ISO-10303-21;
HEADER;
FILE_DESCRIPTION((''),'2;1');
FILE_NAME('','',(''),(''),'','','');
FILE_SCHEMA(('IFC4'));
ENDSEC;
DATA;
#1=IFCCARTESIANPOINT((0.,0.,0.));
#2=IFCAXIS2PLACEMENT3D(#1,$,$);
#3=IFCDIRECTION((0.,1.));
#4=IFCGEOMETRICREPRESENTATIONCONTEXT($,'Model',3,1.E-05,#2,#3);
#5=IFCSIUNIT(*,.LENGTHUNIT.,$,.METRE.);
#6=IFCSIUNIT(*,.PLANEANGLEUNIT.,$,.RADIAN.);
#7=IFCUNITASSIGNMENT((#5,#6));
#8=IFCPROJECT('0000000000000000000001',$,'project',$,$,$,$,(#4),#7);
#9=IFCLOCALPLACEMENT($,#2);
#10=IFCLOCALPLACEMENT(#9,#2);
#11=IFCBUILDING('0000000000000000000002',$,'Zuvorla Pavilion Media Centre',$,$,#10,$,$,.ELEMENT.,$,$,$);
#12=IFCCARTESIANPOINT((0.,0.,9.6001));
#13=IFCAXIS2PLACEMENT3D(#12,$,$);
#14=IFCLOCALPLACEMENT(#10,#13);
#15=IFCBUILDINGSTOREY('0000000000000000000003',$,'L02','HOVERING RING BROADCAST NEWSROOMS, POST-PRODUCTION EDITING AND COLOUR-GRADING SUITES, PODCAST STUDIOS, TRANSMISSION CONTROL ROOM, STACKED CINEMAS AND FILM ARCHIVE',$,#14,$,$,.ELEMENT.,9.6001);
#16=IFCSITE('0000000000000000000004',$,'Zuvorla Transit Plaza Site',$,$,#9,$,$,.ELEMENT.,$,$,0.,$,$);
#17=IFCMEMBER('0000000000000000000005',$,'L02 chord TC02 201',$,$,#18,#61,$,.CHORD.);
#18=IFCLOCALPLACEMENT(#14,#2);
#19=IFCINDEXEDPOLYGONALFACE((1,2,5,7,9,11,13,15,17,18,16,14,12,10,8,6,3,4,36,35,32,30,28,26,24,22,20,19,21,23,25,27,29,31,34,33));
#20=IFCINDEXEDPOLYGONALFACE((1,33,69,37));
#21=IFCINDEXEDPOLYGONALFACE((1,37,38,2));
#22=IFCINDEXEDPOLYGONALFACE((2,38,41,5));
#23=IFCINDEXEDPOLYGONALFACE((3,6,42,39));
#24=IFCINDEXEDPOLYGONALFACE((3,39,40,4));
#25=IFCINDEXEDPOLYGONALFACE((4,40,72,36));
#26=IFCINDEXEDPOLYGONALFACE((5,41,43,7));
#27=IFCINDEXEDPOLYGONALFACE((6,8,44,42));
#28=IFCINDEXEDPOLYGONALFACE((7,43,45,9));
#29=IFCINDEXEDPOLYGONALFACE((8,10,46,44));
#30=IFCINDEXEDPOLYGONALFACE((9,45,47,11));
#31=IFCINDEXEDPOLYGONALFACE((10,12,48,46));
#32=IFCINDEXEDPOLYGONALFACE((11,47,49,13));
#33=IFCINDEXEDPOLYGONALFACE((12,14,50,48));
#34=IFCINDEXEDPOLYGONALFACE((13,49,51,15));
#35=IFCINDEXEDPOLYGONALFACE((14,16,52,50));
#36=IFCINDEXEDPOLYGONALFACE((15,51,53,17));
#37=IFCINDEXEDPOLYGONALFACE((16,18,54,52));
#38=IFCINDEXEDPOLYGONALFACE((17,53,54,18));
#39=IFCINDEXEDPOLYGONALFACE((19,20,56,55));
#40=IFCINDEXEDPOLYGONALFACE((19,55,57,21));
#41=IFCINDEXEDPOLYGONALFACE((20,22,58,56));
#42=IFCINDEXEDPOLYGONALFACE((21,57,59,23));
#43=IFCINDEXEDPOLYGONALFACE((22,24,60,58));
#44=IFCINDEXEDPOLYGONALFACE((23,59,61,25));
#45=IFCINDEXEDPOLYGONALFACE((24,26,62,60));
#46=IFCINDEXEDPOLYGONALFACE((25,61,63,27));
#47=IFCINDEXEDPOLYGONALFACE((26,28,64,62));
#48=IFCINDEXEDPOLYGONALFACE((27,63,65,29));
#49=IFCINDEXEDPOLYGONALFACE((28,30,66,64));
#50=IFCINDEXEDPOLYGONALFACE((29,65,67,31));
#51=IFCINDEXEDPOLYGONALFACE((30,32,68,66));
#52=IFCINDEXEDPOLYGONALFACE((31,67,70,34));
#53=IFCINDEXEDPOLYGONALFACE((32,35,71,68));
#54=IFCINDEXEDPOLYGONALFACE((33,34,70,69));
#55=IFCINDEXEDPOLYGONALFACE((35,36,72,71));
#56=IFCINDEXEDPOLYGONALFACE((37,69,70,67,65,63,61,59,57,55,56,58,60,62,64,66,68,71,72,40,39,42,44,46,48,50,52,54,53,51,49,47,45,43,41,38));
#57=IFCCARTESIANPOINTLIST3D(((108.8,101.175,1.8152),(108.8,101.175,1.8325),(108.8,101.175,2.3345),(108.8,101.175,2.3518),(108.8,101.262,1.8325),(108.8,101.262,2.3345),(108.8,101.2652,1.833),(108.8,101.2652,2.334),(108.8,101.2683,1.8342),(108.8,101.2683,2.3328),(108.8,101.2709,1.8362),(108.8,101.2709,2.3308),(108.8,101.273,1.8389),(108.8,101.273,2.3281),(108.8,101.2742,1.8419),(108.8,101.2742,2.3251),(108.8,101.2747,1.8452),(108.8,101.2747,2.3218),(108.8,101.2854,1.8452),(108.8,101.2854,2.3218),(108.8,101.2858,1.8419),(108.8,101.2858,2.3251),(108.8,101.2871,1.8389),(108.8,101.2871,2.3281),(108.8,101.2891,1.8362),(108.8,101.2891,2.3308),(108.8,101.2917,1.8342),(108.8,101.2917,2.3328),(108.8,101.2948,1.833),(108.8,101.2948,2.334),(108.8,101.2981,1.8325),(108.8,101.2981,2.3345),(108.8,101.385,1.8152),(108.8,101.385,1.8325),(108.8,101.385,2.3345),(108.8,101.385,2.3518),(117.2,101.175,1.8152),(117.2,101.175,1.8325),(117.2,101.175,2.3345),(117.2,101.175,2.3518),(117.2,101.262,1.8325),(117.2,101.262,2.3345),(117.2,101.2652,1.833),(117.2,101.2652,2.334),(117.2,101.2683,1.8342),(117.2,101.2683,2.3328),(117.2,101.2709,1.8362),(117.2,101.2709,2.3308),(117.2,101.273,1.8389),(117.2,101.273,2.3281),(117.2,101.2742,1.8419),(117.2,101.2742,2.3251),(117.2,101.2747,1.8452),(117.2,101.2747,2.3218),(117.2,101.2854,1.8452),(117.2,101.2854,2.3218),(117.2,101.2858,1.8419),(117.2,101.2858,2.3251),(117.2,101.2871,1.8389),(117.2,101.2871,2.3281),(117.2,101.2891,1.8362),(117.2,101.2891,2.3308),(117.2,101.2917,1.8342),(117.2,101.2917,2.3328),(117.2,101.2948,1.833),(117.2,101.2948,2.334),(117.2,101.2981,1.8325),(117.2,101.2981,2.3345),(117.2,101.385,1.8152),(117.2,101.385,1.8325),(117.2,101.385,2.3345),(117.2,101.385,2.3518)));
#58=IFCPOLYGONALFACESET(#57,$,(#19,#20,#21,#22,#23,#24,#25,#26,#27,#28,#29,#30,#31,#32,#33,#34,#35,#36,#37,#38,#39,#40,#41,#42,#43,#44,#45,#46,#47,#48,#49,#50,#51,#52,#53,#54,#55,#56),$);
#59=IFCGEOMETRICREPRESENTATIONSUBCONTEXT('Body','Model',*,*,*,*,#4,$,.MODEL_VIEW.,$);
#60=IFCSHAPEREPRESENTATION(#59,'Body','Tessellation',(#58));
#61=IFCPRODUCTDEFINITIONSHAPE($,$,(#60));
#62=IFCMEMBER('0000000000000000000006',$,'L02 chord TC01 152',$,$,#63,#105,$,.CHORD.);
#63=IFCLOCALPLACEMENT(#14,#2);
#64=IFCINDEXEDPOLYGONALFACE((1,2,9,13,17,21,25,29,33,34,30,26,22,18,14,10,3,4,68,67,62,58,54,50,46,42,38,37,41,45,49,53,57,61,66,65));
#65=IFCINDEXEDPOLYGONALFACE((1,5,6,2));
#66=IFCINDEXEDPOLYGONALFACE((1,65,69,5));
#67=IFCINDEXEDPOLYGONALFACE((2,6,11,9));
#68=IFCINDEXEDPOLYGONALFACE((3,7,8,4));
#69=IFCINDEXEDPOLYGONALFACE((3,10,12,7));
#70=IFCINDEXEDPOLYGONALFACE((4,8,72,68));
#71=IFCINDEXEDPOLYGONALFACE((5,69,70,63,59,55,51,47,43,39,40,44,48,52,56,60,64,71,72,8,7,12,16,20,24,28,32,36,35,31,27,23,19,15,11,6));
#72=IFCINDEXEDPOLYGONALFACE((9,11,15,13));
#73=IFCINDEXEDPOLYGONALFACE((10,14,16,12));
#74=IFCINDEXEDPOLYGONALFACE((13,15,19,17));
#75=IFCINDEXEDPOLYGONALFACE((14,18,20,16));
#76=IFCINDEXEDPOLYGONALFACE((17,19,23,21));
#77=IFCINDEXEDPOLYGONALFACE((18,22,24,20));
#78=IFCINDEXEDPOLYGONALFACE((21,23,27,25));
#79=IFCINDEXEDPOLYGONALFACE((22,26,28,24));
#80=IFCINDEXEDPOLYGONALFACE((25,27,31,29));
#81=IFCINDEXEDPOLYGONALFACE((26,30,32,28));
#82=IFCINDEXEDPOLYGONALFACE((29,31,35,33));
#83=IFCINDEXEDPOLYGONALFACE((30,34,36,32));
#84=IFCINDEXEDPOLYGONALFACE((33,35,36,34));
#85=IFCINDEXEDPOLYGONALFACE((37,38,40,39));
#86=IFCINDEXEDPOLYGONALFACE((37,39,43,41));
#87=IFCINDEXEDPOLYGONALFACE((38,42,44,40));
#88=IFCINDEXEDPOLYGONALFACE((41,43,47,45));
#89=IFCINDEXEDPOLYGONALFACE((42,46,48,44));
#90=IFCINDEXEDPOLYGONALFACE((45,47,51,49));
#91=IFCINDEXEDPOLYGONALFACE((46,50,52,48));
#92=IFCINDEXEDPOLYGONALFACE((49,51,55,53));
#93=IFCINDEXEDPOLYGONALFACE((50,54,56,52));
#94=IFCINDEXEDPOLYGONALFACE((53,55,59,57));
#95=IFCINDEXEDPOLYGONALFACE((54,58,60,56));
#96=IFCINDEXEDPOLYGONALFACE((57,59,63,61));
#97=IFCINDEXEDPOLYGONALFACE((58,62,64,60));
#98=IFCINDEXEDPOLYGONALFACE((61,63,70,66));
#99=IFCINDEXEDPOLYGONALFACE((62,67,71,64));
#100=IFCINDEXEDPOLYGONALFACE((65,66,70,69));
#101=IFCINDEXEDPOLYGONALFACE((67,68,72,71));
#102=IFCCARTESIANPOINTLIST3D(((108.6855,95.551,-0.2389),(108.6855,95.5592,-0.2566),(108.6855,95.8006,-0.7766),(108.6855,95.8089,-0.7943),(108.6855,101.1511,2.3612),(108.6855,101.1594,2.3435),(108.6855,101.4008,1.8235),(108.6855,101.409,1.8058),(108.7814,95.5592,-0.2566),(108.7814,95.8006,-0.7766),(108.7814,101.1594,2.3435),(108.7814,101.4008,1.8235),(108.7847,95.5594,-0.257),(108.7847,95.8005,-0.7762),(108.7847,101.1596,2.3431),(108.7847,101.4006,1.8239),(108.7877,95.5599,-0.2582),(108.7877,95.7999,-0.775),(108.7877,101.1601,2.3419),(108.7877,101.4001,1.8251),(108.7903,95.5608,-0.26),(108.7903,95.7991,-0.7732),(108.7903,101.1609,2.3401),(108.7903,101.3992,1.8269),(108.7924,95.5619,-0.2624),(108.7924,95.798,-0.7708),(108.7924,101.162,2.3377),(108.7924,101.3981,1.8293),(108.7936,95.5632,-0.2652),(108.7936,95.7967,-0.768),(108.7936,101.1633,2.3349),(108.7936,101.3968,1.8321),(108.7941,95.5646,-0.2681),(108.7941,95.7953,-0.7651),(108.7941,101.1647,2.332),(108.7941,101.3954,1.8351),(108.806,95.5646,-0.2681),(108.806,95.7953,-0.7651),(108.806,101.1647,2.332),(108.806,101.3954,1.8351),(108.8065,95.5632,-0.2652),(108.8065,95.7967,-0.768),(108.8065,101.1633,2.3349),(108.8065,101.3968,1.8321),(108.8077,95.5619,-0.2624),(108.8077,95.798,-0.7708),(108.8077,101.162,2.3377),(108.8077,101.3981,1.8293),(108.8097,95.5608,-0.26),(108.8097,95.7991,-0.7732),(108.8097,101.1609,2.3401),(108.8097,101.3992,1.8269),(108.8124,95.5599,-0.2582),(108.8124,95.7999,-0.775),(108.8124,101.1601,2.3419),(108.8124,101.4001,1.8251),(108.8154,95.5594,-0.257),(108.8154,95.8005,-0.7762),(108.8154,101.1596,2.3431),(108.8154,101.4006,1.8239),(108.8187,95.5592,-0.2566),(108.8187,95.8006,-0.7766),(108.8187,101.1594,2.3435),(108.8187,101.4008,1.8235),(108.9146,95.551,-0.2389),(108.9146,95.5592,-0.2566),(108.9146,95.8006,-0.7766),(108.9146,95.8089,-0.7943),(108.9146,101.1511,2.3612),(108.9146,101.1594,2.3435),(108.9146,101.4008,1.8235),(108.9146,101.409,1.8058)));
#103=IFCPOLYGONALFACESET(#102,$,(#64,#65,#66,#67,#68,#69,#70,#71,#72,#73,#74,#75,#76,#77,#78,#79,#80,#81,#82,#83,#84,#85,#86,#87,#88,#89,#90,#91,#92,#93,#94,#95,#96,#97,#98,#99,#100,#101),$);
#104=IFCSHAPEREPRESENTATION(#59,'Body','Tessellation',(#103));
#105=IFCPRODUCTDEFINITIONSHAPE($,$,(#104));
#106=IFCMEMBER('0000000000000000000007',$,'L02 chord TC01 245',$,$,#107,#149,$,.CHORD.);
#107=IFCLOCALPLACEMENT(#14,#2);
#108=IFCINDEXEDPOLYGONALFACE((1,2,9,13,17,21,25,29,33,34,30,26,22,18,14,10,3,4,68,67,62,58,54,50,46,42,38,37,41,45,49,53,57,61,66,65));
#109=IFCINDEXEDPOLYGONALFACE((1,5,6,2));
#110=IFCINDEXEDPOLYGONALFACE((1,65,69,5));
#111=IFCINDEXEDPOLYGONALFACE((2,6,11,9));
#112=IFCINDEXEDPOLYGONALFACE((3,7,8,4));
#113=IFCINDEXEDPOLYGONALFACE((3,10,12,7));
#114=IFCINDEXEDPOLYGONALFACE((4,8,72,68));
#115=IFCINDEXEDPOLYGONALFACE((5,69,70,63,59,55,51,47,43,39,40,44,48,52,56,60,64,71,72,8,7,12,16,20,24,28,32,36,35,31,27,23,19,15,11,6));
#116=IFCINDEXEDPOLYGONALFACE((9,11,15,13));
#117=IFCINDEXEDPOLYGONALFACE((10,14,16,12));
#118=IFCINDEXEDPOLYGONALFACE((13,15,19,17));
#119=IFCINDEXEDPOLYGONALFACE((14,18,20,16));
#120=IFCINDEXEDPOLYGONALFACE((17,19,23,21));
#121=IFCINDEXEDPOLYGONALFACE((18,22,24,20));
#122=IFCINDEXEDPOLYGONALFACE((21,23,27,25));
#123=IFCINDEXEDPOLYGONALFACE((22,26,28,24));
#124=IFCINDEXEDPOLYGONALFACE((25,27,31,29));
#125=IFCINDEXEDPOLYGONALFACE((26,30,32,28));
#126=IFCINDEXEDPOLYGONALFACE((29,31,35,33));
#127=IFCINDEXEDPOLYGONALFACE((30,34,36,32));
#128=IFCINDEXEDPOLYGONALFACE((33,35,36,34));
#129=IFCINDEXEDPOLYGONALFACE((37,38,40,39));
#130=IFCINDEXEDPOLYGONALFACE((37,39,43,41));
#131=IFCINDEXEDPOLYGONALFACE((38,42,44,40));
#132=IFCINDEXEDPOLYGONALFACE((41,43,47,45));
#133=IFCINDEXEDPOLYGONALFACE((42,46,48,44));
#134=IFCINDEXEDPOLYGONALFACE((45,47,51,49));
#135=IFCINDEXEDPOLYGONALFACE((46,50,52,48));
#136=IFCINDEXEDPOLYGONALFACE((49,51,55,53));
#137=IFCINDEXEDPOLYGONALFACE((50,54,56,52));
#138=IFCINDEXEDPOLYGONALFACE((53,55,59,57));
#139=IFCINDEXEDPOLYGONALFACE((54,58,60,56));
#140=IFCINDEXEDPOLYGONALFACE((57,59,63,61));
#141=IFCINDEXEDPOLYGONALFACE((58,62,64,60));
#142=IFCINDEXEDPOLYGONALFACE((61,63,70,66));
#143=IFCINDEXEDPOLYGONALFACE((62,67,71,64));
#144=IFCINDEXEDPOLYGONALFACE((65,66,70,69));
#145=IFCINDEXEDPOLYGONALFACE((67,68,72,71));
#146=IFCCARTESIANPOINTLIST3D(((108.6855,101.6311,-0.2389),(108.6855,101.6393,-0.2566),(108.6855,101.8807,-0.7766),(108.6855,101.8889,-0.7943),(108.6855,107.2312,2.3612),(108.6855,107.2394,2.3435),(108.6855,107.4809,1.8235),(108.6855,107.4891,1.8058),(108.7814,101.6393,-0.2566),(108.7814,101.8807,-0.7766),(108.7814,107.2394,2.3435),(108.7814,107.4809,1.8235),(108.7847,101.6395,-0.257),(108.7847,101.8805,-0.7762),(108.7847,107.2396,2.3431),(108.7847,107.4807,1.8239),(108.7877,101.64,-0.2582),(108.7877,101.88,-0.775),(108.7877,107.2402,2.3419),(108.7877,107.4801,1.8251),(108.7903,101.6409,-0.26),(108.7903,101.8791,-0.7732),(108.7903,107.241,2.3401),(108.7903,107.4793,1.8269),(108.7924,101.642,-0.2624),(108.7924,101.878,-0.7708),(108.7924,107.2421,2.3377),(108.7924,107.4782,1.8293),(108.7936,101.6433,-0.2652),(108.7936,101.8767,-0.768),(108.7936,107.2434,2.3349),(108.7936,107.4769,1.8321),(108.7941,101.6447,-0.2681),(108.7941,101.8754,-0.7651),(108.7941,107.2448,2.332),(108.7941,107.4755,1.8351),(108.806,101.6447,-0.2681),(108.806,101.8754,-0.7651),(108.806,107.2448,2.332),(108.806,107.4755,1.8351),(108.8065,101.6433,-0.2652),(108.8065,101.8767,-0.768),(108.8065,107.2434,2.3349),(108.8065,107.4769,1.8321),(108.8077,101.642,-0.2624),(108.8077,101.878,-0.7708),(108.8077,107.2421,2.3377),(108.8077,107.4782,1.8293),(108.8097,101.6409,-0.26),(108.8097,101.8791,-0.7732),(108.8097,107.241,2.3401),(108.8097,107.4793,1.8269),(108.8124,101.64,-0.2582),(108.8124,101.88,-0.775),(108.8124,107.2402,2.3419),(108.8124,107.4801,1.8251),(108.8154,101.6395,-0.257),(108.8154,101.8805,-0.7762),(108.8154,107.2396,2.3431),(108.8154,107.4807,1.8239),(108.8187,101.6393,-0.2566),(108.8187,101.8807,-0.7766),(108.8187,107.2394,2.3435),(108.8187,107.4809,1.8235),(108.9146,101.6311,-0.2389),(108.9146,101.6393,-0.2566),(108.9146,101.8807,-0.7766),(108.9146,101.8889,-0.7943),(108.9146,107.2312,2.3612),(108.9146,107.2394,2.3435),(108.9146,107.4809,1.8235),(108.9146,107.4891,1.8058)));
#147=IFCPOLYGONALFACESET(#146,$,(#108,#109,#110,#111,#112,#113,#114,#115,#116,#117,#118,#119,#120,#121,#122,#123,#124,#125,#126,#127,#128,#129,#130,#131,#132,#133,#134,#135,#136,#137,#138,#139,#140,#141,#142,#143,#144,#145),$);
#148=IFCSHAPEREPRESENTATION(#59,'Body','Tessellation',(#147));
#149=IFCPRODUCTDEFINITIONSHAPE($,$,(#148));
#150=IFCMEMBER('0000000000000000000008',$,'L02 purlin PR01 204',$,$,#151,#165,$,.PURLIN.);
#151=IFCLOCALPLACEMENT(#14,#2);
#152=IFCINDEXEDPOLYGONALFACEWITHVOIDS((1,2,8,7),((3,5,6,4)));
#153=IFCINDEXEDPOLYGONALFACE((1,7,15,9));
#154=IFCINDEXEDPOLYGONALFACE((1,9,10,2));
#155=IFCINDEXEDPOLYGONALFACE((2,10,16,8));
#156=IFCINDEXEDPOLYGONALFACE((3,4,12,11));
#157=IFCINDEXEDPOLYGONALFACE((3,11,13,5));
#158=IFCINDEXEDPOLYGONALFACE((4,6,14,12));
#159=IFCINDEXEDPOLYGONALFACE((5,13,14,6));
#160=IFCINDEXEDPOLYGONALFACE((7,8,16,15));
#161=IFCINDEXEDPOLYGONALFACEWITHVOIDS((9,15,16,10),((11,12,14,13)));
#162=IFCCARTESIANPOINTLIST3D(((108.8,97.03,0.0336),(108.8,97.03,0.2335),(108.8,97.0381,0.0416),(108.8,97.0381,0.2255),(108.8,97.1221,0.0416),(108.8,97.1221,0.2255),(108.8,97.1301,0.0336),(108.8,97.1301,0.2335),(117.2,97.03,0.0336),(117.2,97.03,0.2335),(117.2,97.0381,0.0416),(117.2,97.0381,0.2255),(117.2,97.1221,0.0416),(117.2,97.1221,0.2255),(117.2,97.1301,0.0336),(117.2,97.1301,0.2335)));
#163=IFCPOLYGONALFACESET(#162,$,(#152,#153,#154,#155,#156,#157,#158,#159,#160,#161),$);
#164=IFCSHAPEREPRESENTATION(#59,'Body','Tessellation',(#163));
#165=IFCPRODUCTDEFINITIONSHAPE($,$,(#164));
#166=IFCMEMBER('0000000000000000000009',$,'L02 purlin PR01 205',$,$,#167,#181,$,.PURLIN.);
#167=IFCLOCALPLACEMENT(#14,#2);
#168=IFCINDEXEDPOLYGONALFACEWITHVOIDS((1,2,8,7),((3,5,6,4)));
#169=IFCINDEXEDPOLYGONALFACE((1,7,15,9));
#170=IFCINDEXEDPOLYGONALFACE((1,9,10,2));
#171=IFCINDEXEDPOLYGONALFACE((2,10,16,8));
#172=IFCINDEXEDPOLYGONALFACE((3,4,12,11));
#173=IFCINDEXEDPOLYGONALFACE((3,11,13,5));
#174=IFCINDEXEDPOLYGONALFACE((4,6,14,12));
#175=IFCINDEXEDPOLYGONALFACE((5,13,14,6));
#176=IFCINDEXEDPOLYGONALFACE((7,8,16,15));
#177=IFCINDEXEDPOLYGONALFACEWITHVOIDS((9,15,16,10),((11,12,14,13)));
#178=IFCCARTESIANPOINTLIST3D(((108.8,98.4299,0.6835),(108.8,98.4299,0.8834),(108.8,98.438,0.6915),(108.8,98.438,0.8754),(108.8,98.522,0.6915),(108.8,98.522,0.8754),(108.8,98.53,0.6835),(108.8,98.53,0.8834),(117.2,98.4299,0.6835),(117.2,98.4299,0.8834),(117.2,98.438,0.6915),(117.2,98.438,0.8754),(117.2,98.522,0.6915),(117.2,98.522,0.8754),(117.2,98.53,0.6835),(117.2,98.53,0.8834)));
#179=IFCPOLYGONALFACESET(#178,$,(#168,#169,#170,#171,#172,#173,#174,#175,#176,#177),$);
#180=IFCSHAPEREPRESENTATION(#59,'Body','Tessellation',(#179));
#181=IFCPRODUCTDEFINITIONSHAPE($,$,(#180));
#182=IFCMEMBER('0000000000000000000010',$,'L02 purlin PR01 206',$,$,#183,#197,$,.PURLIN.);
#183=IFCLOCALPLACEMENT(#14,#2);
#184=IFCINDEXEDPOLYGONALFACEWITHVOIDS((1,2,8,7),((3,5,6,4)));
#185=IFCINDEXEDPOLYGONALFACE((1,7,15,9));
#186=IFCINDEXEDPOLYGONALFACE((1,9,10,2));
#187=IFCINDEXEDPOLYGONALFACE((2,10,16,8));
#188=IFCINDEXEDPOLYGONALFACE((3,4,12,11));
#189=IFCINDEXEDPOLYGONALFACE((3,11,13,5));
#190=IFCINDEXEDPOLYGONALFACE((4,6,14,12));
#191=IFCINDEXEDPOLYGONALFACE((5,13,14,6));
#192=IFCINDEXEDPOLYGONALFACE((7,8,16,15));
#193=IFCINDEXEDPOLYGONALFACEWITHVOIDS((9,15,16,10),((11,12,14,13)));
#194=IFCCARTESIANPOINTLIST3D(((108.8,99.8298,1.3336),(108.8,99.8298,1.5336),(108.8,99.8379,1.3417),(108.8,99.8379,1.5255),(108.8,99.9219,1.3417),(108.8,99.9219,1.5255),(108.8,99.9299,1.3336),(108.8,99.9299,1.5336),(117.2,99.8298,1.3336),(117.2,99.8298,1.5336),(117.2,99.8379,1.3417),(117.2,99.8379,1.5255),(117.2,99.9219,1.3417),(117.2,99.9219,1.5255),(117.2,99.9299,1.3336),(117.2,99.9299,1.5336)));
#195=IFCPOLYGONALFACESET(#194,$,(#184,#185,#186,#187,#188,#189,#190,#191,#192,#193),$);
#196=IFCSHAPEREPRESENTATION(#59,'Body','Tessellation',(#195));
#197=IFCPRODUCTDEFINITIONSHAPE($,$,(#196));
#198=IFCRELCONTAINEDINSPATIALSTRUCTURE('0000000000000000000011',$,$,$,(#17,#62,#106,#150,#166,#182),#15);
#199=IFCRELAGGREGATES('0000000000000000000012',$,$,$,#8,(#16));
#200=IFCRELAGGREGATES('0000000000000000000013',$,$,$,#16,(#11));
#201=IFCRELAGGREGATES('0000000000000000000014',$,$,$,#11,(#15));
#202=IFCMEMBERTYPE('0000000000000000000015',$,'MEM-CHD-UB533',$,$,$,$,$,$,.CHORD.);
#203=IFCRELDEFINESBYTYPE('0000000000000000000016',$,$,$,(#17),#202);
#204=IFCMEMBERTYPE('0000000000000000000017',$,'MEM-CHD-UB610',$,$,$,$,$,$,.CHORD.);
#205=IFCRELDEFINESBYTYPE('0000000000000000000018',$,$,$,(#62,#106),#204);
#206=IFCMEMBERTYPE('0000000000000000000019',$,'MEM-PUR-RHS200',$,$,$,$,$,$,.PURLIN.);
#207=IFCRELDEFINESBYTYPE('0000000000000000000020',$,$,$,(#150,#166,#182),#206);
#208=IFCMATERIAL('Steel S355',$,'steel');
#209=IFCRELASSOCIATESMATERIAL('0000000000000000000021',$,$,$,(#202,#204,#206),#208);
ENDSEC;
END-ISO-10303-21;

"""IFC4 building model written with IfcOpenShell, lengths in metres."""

from ifc_helpers import new_model, si_unit, direction, frame, origin, origin_2d, place, context, subcontext, project, spatial, hollow_rectangle, i_section, extrude, material, material_profile, profile_set, type_object, element, save


model = new_model("IFC4")

# Units and contexts
model_context = context("Model", 3, precision=1e-05, world=origin(), true_north=direction((0.0, 1.0)))
body_context = subcontext(model_context, "Body", "Model", "MODEL_VIEW")
ifc_project = project(units=[si_unit("LENGTHUNIT", "METRE"), si_unit("PLANEANGLEUNIT", "RADIAN")], contexts=[model_context])

# Site, building, storey
site_placement = place(None, origin())
site = spatial("IfcSite", under=ifc_project, at=site_placement, Name="Zuvorla Transit Plaza Site", CompositionType="ELEMENT", RefElevation=0.0)
building_placement = place(site_placement, origin())
building = spatial("IfcBuilding", under=site, at=building_placement, Name="Zuvorla Pavilion Media Centre", CompositionType="ELEMENT")
storey_placement = place(building_placement, frame((0.0, 0.0, 9.6001)))
storey = spatial("IfcBuildingStorey", under=building, at=storey_placement, Name="L02", Description="HOVERING RING BROADCAST NEWSROOMS, POST-PRODUCTION EDITING AND COLOUR-GRADING SUITES, PODCAST STUDIOS, TRANSMISSION CONTROL ROOM, STACKED CINEMAS AND FILM ARCHIVE", CompositionType="ELEMENT", Elevation=9.6001)

# Shared definitions
ifc_material_1 = material(Name="Steel S355", Category="steel")

# Members
ifc_material_profile_1 = material_profile(ifc_material_1, i_section(OverallWidth=0.21, OverallDepth=0.5366, WebThickness=0.0107, FlangeThickness=0.0173, FilletRadius=0.0127, at=origin_2d()), Name="UB 533x210x101")
ifc_profile_set_1 = profile_set([ifc_material_profile_1], Name="Steel S355")
member_type_1 = type_object("IfcMemberType", Name="MEM-CHD-UB533", PredefinedType="CHORD", material=ifc_profile_set_1)
member_1_placement = place(storey_placement, frame((108.8, 101.28, 2.0835), z_axis=(1.0, 0.0, 0.0), x_axis=(0.0, 1.0, 0.0)))
element("IfcMember", 1, at=member_1_placement, inside=storey, type_object=member_type_1, Name="L02 chord TC02 201", PredefinedType="CHORD", context=body_context, shape_type="SweptSolid", body=[
    extrude(i_section(OverallWidth=0.21, OverallDepth=0.5366, WebThickness=0.0107, FlangeThickness=0.0173, FilletRadius=0.0127, at=origin_2d()), origin(), (0.0, 0.0, 1.0), 8.3999),
])
ifc_material_profile_2 = material_profile(ifc_material_1, i_section(OverallWidth=0.229, OverallDepth=0.6123, WebThickness=0.012, FlangeThickness=0.0195, FilletRadius=0.0127, at=origin_2d()), Name="UB 610x229x125")
ifc_profile_set_2 = profile_set([ifc_material_profile_2], Name="Steel S355")
member_type_2 = type_object("IfcMemberType", Name="MEM-CHD-UB610", PredefinedType="CHORD", material=ifc_profile_set_2)
for number, where, z_axis, x_axis, name in (
    (2, (108.8, 95.6799, -0.5166), (0.0, 0.907006, 0.421118), (-1.0, 0.0, 0.0), "L02 chord TC01 152"),
    (3, (108.8, 101.76, -0.5166), (0.0, 0.907006, 0.421118), (-1.0, 0.0, 0.0), "L02 chord TC01 245"),
):
    element("IfcMember", number, at=place(storey_placement, frame(where, z_axis=z_axis, x_axis=x_axis)), inside=storey, type_object=member_type_2, Name=name, PredefinedType="CHORD", context=body_context, shape_type="SweptSolid", body=[
        extrude(i_section(OverallWidth=0.229, OverallDepth=0.6123, WebThickness=0.012, FlangeThickness=0.0195, FilletRadius=0.0127, at=origin_2d()), origin(), (0.0, 0.0, 1.0), 6.1743),
    ])
ifc_material_profile_3 = material_profile(ifc_material_1, hollow_rectangle(XDim=0.1001, YDim=0.2, WallThickness=0.0081, at=origin_2d()), Name="RHS 200x100x8")
ifc_profile_set_3 = profile_set([ifc_material_profile_3], Name="Steel S355")
member_type_3 = type_object("IfcMemberType", Name="MEM-PUR-RHS200", PredefinedType="PURLIN", material=ifc_profile_set_3)
for number, where, z_axis, x_axis, name in (
    (4, (108.8, 97.0801, 0.1335), (1.0, 0.0, 0.0), (0.0, 1.0, 0.0), "L02 purlin PR01 204"),
    (5, (108.8, 98.48, 0.7834), (1.0, 0.0, 0.0), (0.0, 1.0, 0.0), "L02 purlin PR01 205"),
    (6, (108.8, 99.8799, 1.4336), (1.0, 0.0, 0.0), (0.0, 1.0, 0.0), "L02 purlin PR01 206"),
):
    element("IfcMember", number, at=place(storey_placement, frame(where, z_axis=z_axis, x_axis=x_axis)), inside=storey, type_object=member_type_3, Name=name, PredefinedType="PURLIN", context=body_context, shape_type="SweptSolid", body=[
        extrude(hollow_rectangle(XDim=0.1001, YDim=0.2, WallThickness=0.0081, at=origin_2d()), origin(), (0.0, 0.0, 1.0), 8.3999),
    ])

save(model, "model.ifc")
